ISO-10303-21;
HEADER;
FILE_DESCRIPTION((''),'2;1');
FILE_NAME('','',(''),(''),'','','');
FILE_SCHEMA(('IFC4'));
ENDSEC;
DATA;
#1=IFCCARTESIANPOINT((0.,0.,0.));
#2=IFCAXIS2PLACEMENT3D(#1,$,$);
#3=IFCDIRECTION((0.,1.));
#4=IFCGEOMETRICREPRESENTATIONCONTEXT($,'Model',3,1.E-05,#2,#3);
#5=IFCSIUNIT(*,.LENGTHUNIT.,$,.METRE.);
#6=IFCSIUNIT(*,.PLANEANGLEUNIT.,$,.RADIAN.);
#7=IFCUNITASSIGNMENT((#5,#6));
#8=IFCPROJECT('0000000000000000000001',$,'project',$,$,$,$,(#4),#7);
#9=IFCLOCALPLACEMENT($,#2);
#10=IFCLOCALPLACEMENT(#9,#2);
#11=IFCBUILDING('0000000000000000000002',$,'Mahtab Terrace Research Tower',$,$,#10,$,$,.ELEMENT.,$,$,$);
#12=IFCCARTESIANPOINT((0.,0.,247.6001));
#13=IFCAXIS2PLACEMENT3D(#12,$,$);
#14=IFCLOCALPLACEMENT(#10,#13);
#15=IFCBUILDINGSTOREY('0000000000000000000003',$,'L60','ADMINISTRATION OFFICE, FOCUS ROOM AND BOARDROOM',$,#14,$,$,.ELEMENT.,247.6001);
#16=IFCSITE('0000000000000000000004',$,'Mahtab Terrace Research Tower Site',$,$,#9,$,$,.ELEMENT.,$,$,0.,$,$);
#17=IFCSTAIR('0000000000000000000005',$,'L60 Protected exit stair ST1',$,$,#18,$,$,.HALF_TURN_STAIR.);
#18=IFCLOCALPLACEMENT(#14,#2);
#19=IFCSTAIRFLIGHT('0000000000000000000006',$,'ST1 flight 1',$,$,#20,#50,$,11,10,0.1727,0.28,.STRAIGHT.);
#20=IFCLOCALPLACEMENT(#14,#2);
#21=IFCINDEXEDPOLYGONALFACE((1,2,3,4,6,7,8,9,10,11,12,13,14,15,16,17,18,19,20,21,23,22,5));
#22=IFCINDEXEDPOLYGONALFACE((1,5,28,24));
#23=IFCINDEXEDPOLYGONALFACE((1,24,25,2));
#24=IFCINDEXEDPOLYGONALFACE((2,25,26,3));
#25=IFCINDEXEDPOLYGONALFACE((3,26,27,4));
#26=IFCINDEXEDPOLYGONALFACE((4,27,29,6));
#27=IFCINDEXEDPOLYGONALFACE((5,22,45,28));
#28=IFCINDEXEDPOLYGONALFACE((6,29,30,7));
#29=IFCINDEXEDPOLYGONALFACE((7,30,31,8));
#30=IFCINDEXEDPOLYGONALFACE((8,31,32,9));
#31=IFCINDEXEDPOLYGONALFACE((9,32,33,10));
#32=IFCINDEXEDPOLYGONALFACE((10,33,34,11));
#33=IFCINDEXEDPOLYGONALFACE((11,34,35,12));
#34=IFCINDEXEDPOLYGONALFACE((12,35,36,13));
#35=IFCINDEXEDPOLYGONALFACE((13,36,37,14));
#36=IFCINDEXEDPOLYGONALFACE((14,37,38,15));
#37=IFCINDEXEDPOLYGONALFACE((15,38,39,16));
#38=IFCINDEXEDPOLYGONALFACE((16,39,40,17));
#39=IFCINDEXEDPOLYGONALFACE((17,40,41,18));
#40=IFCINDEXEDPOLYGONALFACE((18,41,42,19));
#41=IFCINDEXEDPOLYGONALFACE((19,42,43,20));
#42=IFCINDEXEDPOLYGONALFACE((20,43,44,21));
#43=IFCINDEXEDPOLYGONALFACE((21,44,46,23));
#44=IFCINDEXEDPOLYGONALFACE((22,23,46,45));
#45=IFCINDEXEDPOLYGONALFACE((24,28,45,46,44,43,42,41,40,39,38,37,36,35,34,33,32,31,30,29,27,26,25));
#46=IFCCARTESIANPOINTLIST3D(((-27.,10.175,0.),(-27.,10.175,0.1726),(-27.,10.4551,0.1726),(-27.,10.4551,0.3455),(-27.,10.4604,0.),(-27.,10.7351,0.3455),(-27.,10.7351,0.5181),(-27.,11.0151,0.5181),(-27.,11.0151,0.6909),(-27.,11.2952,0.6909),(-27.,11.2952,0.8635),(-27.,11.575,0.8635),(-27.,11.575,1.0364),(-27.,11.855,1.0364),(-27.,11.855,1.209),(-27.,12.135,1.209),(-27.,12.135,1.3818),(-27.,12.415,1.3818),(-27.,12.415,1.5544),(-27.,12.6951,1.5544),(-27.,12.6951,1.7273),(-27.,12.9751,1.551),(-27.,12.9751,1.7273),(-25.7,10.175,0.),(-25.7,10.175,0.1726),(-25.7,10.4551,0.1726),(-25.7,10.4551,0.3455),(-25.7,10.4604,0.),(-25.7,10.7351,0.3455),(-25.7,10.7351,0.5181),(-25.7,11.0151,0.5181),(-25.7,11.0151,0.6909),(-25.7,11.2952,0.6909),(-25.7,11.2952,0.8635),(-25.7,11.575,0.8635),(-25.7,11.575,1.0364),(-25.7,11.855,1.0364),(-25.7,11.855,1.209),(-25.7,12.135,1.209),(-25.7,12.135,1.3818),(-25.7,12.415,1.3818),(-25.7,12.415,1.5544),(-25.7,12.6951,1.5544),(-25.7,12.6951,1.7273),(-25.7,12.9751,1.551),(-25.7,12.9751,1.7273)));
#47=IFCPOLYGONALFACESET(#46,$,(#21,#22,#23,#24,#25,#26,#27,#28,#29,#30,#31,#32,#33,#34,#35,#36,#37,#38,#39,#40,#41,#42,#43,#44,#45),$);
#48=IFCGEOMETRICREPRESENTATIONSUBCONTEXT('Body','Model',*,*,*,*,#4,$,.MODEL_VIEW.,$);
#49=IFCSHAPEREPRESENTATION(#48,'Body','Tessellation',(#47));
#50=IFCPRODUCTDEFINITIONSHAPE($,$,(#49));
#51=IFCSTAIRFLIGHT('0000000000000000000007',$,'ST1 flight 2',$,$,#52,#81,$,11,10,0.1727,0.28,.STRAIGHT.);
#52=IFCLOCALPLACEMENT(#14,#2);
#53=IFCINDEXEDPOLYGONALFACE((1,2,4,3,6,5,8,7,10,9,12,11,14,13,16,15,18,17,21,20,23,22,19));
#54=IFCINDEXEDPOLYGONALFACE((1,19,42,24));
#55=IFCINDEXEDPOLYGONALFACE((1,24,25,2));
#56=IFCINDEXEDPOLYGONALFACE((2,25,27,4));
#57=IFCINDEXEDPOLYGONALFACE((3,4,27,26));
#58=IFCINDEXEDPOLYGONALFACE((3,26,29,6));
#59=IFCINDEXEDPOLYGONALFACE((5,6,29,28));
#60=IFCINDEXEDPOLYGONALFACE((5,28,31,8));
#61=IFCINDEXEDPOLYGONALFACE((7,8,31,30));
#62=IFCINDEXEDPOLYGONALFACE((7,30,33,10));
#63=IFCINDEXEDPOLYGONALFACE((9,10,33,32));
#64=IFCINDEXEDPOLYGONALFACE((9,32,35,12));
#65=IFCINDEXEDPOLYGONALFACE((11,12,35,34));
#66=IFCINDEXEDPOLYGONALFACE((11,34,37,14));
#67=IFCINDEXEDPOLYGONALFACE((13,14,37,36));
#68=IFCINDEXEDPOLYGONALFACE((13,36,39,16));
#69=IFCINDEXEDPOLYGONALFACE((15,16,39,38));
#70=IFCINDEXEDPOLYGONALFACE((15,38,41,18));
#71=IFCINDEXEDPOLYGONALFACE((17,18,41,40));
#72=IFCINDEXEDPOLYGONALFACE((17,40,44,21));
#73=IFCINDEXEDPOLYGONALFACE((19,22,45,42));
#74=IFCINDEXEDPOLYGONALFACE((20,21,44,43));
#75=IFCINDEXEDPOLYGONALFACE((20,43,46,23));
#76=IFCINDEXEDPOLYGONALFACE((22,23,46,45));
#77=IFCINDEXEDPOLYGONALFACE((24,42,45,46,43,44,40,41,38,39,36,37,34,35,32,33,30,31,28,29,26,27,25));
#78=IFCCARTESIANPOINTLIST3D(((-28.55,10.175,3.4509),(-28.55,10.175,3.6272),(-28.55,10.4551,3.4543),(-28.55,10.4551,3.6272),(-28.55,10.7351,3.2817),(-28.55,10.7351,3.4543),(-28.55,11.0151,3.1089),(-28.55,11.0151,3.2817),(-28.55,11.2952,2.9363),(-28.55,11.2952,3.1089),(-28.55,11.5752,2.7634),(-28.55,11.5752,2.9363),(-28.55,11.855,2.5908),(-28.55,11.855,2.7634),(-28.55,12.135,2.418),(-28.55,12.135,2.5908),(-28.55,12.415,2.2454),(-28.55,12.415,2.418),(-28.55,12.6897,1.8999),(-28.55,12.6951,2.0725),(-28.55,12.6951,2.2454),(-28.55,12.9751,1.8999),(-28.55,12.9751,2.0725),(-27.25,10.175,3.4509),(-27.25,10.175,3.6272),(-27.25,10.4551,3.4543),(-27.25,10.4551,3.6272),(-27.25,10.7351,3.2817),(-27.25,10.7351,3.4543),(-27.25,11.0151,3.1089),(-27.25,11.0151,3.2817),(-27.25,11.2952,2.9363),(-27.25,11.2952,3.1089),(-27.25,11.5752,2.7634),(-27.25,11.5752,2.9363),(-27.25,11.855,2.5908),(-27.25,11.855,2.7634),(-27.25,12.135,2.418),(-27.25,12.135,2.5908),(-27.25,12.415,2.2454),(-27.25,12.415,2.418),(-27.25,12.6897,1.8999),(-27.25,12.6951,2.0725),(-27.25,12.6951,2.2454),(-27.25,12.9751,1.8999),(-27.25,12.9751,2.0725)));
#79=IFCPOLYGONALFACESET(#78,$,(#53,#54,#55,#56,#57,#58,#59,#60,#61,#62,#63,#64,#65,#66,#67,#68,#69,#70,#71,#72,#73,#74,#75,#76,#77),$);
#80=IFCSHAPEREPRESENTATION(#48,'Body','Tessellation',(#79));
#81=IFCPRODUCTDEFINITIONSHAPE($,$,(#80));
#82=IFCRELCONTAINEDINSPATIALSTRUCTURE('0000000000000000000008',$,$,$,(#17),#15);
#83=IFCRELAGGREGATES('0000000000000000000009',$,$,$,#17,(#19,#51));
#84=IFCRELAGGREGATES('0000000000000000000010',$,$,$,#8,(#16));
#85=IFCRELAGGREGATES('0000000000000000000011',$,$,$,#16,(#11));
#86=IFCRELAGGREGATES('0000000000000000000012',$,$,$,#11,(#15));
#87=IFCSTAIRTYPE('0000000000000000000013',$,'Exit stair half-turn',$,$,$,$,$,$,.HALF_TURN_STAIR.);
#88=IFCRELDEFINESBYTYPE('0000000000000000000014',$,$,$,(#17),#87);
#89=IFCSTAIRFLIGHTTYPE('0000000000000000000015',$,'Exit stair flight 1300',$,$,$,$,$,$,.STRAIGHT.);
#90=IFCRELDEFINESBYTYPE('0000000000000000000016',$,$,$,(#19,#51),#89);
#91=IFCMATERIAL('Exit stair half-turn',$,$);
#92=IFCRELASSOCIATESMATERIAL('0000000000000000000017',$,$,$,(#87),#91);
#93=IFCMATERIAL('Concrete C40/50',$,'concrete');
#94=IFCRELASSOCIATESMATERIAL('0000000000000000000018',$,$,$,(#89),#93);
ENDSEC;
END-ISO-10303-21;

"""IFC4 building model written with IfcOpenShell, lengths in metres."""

from ifc_helpers import new_model, si_unit, direction, frame, origin, place, context, subcontext, project, spatial, polyline, outline, extrude, material, type_object, element, aggregate, save


model = new_model("IFC4")

# Units and contexts
model_context = context("Model", 3, precision=1e-05, world=origin(), true_north=direction((0.0, 1.0)))
body_context = subcontext(model_context, "Body", "Model", "MODEL_VIEW")
ifc_project = project(units=[si_unit("LENGTHUNIT", "METRE"), si_unit("PLANEANGLEUNIT", "RADIAN")], contexts=[model_context])

# Site, building, storey
site_placement = place(None, origin())
site = spatial("IfcSite", under=ifc_project, at=site_placement, Name="Mahtab Terrace Research Tower Site", CompositionType="ELEMENT", RefElevation=0.0)
building_placement = place(site_placement, origin())
building = spatial("IfcBuilding", under=site, at=building_placement, Name="Mahtab Terrace Research Tower", CompositionType="ELEMENT")
storey_placement = place(building_placement, frame((0.0, 0.0, 247.6001)))
storey = spatial("IfcBuildingStorey", under=building, at=storey_placement, Name="L60", Description="ADMINISTRATION OFFICE, FOCUS ROOM AND BOARDROOM", CompositionType="ELEMENT", Elevation=247.6001)

# Stair, stair flights
ifc_material_1 = material(Name="Exit stair half-turn")
stair_type = type_object("IfcStairType", Name="Exit stair half-turn", PredefinedType="HALF_TURN_STAIR", material=ifc_material_1)
stair_placement = place(storey_placement, origin())
stair = element("IfcStair", 1, at=stair_placement, inside=storey, type_object=stair_type, Name="L60 Protected exit stair ST1", PredefinedType="HALF_TURN_STAIR")
ifc_material_2 = material(Name="Concrete C40/50", Category="concrete")
stair_flight_type = type_object("IfcStairFlightType", Name="Exit stair flight 1300", PredefinedType="STRAIGHT", material=ifc_material_2)
stair_flight_1_placement = place(storey_placement, frame((-26.3501, 10.175, 0.0), z_axis=(0.0, 0.0, 1.0), x_axis=(0.0, 1.0, 0.0)))
stair_flight_1 = element("IfcStairFlight", 2, at=stair_flight_1_placement, type_object=stair_flight_type, Name="ST1 flight 1", NumberOfRisers=11, NumberOfTreads=10, PredefinedType="STRAIGHT", RiserHeight=0.1727, TreadLength=0.28, context=body_context, shape_type="SweptSolid", body=[
    extrude(outline(polyline([(0.0, 0.0), (0.0, 0.1726), (0.28, 0.1726), (0.28, 0.3455), (0.5601, 0.3455), (0.5601, 0.5181), (0.8401, 0.5181), (0.8401, 0.6909), (1.1201, 0.6909), (1.1201, 0.8635), (1.3999, 0.8635), (1.3999, 1.0364), (1.6799, 1.0364), (1.6799, 1.209), (1.96, 1.209), (1.96, 1.3818), (2.24, 1.3818), (2.24, 1.5544), (2.52, 1.5544), (2.52, 1.7273), (2.8, 1.7273), (2.8, 1.8999), (2.8, 1.551), (0.2854, 0.0), (0.0, 0.0)])), frame((0.0, 0.6499, 0.0), z_axis=(0.0, -1.0, 0.0), x_axis=(1.0, 0.0, 0.0)), (0.0, 0.0, 1.0), 1.3),
])
stair_flight_2_placement = place(storey_placement, frame((-27.8999, 12.9751, 1.8999), z_axis=(0.0, 0.0, 1.0), x_axis=(0.0, -1.0, 0.0)))
stair_flight_2 = element("IfcStairFlight", 3, at=stair_flight_2_placement, type_object=stair_flight_type, Name="ST1 flight 2", NumberOfRisers=11, NumberOfTreads=10, PredefinedType="STRAIGHT", RiserHeight=0.1727, TreadLength=0.28, context=body_context, shape_type="SweptSolid", body=[
    extrude(outline(polyline([(0.0, 0.0), (0.0, 0.1726), (0.28, 0.1726), (0.28, 0.3455), (0.5601, 0.3455), (0.5601, 0.5181), (0.8401, 0.5181), (0.8401, 0.6909), (1.1201, 0.6909), (1.1201, 0.8635), (1.3999, 0.8635), (1.3999, 1.0364), (1.6799, 1.0364), (1.6799, 1.209), (1.96, 1.209), (1.96, 1.3818), (2.24, 1.3818), (2.24, 1.5544), (2.52, 1.5544), (2.52, 1.7273), (2.8, 1.7273), (2.8, 1.8999), (2.8, 1.551), (0.2854, 0.0), (0.0, 0.0)])), frame((0.0, 0.6499, 0.0), z_axis=(0.0, -1.0, 0.0), x_axis=(1.0, 0.0, 0.0)), (0.0, 0.0, 1.0), 1.3),
])
aggregate(stair, [stair_flight_1, stair_flight_2])

save(model, "model.ifc")
